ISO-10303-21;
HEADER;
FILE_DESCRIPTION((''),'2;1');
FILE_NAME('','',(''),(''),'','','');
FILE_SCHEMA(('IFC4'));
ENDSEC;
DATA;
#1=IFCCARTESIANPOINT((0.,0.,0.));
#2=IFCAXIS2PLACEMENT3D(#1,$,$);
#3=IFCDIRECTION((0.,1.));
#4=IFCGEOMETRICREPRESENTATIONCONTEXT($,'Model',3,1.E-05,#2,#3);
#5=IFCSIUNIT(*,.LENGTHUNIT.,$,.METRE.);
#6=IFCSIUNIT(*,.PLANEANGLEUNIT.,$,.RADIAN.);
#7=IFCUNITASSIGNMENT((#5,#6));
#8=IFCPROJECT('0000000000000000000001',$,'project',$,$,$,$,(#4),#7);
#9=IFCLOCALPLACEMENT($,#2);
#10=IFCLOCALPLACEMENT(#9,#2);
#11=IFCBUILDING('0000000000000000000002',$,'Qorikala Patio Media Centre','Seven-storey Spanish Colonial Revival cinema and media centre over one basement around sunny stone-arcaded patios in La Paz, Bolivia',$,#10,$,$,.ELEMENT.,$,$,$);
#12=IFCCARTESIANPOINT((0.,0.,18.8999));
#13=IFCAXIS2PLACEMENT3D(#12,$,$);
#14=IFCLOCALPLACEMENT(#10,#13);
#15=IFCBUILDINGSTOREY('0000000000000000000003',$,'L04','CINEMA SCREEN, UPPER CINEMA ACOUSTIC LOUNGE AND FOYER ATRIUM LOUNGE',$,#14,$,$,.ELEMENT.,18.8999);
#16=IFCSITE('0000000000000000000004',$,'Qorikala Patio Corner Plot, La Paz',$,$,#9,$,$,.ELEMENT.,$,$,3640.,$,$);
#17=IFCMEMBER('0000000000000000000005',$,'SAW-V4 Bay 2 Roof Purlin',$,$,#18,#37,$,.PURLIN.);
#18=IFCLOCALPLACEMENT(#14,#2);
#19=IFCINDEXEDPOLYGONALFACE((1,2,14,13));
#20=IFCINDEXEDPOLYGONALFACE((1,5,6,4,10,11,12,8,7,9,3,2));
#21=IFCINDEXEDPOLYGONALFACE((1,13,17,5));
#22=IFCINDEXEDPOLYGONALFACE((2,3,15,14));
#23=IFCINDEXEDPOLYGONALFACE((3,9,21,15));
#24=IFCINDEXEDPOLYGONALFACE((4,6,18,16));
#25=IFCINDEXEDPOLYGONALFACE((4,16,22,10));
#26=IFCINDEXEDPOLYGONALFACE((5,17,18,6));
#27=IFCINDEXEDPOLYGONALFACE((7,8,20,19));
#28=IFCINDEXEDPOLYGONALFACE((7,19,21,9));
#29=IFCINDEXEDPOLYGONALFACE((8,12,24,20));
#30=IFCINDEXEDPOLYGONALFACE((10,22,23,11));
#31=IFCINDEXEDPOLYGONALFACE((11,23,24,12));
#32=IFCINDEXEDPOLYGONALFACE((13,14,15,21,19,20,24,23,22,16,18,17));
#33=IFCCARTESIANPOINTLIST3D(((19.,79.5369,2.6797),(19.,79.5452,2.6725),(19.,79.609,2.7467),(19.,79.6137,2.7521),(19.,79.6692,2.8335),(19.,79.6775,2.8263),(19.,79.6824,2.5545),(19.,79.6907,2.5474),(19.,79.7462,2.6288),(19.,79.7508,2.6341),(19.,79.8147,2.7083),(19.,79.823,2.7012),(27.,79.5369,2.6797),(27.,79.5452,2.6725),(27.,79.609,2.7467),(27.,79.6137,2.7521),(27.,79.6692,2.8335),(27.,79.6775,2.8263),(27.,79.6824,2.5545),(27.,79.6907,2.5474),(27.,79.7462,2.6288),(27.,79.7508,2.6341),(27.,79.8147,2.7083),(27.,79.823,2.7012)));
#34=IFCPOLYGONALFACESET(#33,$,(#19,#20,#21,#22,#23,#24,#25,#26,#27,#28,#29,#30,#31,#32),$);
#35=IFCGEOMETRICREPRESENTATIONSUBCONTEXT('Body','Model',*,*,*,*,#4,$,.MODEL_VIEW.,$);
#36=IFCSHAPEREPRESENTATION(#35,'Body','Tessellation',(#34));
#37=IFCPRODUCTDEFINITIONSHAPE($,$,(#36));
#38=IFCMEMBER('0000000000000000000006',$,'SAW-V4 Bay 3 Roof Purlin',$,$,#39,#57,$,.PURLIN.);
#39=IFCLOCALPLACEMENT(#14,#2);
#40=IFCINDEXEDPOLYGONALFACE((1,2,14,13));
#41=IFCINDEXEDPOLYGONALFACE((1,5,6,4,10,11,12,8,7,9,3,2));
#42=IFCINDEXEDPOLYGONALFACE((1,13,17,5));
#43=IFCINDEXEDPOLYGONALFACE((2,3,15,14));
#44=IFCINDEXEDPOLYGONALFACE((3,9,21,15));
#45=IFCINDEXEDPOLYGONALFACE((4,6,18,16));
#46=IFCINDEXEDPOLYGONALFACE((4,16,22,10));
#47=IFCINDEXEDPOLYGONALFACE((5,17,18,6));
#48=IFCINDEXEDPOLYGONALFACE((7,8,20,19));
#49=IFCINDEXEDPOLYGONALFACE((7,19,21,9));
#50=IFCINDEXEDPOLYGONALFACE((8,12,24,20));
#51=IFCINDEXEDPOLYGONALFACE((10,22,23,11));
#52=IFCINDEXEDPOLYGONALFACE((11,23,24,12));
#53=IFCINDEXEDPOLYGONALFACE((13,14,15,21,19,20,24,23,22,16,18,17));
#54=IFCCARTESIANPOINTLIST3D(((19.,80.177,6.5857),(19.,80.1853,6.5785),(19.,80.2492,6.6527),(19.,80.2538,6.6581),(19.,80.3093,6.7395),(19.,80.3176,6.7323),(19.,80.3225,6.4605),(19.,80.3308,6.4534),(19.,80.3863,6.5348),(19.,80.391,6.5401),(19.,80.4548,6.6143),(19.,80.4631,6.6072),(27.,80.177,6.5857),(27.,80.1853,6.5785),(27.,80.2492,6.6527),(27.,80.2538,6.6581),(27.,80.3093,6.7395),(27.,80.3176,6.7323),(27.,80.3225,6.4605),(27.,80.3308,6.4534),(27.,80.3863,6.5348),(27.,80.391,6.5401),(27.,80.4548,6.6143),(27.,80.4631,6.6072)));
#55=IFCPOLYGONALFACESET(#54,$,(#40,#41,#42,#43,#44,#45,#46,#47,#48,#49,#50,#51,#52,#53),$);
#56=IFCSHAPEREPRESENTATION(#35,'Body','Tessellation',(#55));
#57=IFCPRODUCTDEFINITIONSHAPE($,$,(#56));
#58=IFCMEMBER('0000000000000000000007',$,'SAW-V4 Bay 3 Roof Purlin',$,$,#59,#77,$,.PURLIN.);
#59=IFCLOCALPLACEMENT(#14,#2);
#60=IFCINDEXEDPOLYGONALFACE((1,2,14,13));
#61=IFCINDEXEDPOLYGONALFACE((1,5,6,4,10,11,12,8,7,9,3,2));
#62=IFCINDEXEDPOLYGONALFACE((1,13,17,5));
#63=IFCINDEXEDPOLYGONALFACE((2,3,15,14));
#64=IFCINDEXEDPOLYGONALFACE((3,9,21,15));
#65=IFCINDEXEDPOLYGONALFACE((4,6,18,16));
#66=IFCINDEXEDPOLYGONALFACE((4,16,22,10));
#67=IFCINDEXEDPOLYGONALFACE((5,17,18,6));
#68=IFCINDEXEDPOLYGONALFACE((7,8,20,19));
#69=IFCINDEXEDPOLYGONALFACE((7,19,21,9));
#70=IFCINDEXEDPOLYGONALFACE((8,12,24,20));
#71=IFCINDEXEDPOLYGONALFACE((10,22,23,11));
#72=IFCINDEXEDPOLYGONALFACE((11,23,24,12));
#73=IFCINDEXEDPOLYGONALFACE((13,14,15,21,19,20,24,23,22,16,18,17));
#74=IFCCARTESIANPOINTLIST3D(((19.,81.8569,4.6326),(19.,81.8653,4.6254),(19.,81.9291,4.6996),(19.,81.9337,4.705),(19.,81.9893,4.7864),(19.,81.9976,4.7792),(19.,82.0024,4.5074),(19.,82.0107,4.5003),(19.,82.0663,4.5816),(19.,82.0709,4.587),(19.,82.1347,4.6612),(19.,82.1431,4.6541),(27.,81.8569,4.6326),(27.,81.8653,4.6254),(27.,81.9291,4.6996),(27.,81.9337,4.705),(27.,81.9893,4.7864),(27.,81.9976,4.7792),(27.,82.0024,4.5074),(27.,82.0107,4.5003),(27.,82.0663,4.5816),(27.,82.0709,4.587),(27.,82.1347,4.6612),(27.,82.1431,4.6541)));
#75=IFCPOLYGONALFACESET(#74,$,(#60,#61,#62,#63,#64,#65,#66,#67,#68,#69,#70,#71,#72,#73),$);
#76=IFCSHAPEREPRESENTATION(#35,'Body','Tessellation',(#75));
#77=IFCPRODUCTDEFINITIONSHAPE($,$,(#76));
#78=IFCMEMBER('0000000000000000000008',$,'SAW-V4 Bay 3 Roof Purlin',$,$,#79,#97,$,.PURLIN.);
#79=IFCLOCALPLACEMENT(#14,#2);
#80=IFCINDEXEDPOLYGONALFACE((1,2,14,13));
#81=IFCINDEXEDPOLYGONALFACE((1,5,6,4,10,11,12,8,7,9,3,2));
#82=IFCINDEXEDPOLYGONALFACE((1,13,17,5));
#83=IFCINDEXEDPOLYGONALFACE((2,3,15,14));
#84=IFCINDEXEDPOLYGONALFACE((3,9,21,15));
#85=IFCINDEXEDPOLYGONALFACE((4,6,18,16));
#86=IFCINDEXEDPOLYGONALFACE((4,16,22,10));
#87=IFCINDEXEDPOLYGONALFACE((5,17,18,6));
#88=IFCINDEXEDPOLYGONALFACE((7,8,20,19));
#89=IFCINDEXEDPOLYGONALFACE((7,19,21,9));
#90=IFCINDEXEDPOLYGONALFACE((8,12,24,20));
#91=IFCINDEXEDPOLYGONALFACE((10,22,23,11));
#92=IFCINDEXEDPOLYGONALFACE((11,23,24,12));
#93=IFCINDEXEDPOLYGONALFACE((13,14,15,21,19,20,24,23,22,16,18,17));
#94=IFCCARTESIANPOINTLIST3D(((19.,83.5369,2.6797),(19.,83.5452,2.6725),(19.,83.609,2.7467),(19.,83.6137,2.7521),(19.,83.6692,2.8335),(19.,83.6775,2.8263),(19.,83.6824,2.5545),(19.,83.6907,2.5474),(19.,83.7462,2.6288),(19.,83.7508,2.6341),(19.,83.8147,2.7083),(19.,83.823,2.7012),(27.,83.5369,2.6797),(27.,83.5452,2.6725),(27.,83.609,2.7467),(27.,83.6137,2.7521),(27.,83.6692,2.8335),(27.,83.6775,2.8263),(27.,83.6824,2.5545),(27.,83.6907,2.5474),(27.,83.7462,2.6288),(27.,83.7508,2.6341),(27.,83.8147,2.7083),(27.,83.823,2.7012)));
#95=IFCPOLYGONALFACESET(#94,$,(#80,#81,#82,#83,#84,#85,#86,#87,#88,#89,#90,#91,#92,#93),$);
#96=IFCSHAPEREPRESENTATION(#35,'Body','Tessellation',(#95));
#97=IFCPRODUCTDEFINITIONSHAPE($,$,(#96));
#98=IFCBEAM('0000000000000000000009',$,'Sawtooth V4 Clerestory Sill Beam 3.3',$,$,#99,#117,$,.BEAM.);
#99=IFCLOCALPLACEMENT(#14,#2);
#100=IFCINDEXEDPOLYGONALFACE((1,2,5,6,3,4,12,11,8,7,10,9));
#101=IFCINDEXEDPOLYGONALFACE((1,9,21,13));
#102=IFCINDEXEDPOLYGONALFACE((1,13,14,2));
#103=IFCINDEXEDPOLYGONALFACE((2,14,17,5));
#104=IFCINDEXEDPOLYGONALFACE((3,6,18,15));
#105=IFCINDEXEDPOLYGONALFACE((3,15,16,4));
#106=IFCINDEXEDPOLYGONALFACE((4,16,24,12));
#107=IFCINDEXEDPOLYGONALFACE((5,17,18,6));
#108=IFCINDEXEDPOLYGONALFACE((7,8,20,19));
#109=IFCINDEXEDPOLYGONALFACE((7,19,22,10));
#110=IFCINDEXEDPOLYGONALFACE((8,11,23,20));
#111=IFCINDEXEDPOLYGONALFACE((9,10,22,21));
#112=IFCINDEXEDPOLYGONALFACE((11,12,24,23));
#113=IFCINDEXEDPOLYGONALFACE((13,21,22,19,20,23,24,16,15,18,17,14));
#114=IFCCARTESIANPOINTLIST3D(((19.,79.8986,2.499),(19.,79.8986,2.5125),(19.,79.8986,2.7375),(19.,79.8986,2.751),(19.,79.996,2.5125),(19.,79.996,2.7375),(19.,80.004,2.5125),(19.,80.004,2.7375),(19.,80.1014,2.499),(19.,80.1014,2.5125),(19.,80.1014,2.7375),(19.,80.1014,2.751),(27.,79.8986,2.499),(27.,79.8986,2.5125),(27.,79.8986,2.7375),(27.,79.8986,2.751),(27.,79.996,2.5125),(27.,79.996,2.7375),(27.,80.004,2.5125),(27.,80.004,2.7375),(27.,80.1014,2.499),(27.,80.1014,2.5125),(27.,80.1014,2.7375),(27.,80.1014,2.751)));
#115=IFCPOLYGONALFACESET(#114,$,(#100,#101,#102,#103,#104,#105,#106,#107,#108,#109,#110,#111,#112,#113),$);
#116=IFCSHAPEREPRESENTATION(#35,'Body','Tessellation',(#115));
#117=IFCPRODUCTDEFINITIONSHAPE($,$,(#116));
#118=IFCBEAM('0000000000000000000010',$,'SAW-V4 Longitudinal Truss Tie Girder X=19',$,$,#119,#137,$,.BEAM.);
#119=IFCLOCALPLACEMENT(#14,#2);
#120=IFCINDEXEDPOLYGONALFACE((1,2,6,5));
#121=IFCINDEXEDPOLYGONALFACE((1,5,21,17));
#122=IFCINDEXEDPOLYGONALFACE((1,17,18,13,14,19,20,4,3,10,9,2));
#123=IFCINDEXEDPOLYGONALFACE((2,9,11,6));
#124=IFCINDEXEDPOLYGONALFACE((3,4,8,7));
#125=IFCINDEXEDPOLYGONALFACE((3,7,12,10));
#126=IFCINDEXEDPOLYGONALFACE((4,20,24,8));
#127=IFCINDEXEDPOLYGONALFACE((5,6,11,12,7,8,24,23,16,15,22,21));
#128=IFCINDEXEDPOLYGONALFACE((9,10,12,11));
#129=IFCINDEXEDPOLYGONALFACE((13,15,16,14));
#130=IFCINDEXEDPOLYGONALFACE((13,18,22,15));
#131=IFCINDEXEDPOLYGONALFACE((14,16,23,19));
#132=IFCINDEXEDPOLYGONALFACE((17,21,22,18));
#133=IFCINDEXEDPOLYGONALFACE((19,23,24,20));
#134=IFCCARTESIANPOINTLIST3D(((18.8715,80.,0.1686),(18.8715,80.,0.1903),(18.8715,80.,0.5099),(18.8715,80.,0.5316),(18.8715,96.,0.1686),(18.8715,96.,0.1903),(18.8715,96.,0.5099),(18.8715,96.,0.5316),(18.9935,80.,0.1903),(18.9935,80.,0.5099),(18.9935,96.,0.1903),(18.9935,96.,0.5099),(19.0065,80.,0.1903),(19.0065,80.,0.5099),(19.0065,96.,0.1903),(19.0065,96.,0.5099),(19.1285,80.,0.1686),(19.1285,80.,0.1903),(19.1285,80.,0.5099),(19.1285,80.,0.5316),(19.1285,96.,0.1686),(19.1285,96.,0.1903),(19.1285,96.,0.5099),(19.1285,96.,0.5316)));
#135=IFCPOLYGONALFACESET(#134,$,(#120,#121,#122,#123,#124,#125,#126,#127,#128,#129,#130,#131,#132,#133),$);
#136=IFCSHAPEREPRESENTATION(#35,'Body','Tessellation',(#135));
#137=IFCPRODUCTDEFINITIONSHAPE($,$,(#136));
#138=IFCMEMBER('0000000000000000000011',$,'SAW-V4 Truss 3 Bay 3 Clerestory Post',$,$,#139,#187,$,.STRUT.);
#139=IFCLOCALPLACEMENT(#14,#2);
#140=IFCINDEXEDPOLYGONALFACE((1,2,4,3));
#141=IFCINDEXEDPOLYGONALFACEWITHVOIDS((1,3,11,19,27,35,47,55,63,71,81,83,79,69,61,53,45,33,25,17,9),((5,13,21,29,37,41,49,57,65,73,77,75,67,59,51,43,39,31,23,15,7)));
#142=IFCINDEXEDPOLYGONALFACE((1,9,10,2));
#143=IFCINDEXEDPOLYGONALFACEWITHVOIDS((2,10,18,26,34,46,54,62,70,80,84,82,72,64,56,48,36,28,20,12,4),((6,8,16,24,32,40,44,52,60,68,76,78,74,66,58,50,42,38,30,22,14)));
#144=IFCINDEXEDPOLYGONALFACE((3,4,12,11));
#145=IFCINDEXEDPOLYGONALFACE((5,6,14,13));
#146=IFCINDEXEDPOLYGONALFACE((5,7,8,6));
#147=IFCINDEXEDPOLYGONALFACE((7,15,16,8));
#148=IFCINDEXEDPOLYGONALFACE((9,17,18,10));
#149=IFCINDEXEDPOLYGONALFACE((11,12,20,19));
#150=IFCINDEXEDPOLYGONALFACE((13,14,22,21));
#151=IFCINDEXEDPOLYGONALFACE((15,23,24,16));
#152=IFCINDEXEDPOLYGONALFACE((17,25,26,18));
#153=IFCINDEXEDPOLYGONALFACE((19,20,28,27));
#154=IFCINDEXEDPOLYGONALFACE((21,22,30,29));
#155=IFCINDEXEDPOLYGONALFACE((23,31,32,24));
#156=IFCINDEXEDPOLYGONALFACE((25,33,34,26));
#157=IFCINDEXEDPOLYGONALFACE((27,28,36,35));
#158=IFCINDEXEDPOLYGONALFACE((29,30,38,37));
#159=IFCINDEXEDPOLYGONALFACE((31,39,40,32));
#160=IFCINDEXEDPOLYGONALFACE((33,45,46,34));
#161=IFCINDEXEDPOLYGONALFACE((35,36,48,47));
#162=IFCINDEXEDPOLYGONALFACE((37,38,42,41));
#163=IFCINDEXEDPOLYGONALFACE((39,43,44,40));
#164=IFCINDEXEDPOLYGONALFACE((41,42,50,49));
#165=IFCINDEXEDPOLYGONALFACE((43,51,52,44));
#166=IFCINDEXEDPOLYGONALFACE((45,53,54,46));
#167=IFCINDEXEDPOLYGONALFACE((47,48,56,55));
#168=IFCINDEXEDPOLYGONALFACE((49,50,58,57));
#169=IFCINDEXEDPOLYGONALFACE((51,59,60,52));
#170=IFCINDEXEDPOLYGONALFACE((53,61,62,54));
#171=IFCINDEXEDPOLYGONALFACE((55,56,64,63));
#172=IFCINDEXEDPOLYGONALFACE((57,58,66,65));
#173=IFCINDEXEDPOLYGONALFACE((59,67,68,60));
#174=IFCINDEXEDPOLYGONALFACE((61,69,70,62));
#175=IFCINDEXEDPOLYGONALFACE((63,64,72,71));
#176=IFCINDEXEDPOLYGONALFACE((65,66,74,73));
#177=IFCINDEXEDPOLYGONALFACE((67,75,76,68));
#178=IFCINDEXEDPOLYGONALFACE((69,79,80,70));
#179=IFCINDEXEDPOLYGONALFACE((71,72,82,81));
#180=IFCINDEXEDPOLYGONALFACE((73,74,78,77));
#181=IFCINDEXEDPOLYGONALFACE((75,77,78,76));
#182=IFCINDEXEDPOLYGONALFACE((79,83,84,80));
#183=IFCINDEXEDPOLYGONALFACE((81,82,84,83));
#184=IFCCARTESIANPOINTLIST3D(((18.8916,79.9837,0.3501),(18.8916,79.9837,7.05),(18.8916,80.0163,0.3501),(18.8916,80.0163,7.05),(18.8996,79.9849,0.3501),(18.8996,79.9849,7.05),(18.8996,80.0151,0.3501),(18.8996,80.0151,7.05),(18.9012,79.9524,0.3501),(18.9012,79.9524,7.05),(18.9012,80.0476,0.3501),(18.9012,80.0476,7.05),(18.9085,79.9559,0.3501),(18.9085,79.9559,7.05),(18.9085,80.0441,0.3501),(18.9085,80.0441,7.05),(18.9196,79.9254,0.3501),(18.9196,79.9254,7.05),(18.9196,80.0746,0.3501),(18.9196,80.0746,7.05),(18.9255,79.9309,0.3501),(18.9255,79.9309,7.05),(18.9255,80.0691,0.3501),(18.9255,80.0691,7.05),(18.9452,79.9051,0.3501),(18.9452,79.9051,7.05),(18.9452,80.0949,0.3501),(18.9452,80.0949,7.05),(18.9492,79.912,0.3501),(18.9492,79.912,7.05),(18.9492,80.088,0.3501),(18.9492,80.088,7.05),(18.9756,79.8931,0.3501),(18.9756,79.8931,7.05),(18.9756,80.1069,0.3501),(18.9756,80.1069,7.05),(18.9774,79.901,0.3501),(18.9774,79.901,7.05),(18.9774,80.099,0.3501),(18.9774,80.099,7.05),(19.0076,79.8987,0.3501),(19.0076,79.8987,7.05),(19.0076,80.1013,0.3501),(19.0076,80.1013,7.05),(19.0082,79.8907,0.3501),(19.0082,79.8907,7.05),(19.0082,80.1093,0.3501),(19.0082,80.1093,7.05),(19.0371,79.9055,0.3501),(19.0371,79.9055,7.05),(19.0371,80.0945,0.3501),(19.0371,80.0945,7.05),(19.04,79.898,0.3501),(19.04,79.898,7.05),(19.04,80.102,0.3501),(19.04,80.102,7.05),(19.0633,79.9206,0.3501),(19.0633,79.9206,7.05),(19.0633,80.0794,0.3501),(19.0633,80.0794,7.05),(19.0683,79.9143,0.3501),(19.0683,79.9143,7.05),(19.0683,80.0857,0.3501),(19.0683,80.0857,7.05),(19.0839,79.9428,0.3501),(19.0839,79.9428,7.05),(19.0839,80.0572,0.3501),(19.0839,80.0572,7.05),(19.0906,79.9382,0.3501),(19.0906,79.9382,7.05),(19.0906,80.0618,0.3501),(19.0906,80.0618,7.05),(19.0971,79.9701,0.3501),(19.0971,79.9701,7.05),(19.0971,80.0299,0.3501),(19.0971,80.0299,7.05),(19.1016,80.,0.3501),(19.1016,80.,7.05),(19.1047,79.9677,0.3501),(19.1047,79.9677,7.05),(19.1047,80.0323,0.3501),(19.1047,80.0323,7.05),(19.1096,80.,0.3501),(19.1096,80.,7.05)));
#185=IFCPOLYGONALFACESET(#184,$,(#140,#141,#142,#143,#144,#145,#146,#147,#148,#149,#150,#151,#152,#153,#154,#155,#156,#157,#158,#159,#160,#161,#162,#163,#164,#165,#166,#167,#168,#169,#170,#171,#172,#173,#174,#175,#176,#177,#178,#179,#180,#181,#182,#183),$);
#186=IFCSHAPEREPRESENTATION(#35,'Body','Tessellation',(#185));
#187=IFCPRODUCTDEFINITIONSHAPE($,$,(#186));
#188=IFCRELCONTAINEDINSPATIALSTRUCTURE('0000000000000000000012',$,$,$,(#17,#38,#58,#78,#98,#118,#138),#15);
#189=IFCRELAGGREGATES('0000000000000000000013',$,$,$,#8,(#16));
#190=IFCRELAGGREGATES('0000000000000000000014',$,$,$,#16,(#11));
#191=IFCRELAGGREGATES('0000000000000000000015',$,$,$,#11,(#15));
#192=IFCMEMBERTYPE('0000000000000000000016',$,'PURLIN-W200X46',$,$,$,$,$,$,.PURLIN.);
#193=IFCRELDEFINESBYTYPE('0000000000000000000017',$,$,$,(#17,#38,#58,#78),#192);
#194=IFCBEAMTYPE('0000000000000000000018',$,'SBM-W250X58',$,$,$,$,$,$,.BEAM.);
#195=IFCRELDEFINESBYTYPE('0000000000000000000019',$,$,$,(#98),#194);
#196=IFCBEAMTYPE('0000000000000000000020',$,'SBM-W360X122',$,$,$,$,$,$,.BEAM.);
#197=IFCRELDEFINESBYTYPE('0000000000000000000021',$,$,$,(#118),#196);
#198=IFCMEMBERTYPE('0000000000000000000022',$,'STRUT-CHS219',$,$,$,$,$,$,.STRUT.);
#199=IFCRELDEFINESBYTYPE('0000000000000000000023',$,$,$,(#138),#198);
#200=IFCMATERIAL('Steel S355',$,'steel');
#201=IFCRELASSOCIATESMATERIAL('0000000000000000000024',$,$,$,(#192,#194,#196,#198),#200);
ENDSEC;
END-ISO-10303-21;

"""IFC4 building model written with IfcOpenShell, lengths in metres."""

from ifc_helpers import new_model, si_unit, direction, frame, origin, origin_2d, place, context, subcontext, project, spatial, hollow_circle, i_section, extrude, material, material_profile, profile_set, type_object, element, save


model = new_model("IFC4")

# Units and contexts
model_context = context("Model", 3, precision=1e-05, world=origin(), true_north=direction((0.0, 1.0)))
body_context = subcontext(model_context, "Body", "Model", "MODEL_VIEW")
ifc_project = project(units=[si_unit("LENGTHUNIT", "METRE"), si_unit("PLANEANGLEUNIT", "RADIAN")], contexts=[model_context])

# Site, building, storey
site_placement = place(None, origin())
site = spatial("IfcSite", under=ifc_project, at=site_placement, Name="Qorikala Patio Corner Plot, La Paz", CompositionType="ELEMENT", RefElevation=3640.0)
building_placement = place(site_placement, origin())
building = spatial("IfcBuilding", under=site, at=building_placement, Name="Qorikala Patio Media Centre", Description="Seven-storey Spanish Colonial Revival cinema and media centre over one basement around sunny stone-arcaded patios in La Paz, Bolivia", CompositionType="ELEMENT")
storey_placement = place(building_placement, frame((0.0, 0.0, 18.8999)))
storey = spatial("IfcBuildingStorey", under=building, at=storey_placement, Name="L04", Description="CINEMA SCREEN, UPPER CINEMA ACOUSTIC LOUNGE AND FOYER ATRIUM LOUNGE", CompositionType="ELEMENT", Elevation=18.8999)

# Shared definitions
ifc_material_1 = material(Name="Steel S355", Category="steel")

# Members
ifc_material_profile_1 = material_profile(ifc_material_1, i_section(OverallWidth=0.2029, OverallDepth=0.2029, WebThickness=0.0071, FlangeThickness=0.011, at=origin_2d()), Name="W200X46")
ifc_profile_set_1 = profile_set([ifc_material_profile_1], Name="Steel S355")
member_type_1 = type_object("IfcMemberType", Name="PURLIN-W200X46", PredefinedType="PURLIN", material=ifc_profile_set_1)
for number, where, z_axis, x_axis, name in (
    (1, (19.0, 79.6799, 2.6904), (1.0, 0.0, 0.0), (0.0, 0.652138, 0.7581), "SAW-V4 Bay 2 Roof Purlin"),
    (2, (19.0, 80.3201, 6.5964), (1.0, 0.0, 0.0), (0.0, 0.652138, 0.7581), "SAW-V4 Bay 3 Roof Purlin"),
    (3, (19.0, 82.0, 4.6433), (1.0, 0.0, 0.0), (0.0, 0.652138, 0.7581), "SAW-V4 Bay 3 Roof Purlin"),
    (4, (19.0, 83.6799, 2.6904), (1.0, 0.0, 0.0), (0.0, 0.652138, 0.7581), "SAW-V4 Bay 3 Roof Purlin"),
):
    element("IfcMember", number, at=place(storey_placement, frame(where, z_axis=z_axis, x_axis=x_axis)), inside=storey, type_object=member_type_1, Name=name, PredefinedType="PURLIN", context=body_context, shape_type="SweptSolid", body=[
        extrude(i_section(OverallWidth=0.2029, OverallDepth=0.2029, WebThickness=0.0071, FlangeThickness=0.011, at=origin_2d()), origin(), (0.0, 0.0, 1.0), 8.0),
    ])

# Beams
ifc_material_profile_2 = material_profile(ifc_material_1, i_section(OverallWidth=0.2029, OverallDepth=0.252, WebThickness=0.0081, FlangeThickness=0.0134, at=origin_2d()), Name="W250X58")
ifc_profile_set_2 = profile_set([ifc_material_profile_2], Name="Steel S355")
beam_type_1 = type_object("IfcBeamType", Name="SBM-W250X58", PredefinedType="BEAM", material=ifc_profile_set_2)
beam_1_placement = place(storey_placement, frame((19.0, 80.0, 2.625), z_axis=(1.0, 0.0, 0.0), x_axis=(0.0, 1.0, 0.0)))
element("IfcBeam", 5, at=beam_1_placement, inside=storey, type_object=beam_type_1, Name="Sawtooth V4 Clerestory Sill Beam 3.3", PredefinedType="BEAM", context=body_context, shape_type="SweptSolid", body=[
    extrude(i_section(OverallWidth=0.2029, OverallDepth=0.252, WebThickness=0.0081, FlangeThickness=0.0134, at=origin_2d()), origin(), (0.0, 0.0, 1.0), 8.0),
])
ifc_material_profile_3 = material_profile(ifc_material_1, i_section(OverallWidth=0.2571, OverallDepth=0.363, WebThickness=0.0129, FlangeThickness=0.0217, at=origin_2d()), Name="W360X122")
ifc_profile_set_3 = profile_set([ifc_material_profile_3], Name="Steel S355")
beam_type_2 = type_object("IfcBeamType", Name="SBM-W360X122", PredefinedType="BEAM", material=ifc_profile_set_3)
beam_2_placement = place(storey_placement, frame((19.0, 80.0, 0.3501), z_axis=(0.0, 1.0, 0.0), x_axis=(-1.0, 0.0, 0.0)))
element("IfcBeam", 6, at=beam_2_placement, inside=storey, type_object=beam_type_2, Name="SAW-V4 Longitudinal Truss Tie Girder X=19", PredefinedType="BEAM", context=body_context, shape_type="SweptSolid", body=[
    extrude(i_section(OverallWidth=0.2571, OverallDepth=0.363, WebThickness=0.0129, FlangeThickness=0.0217, at=origin_2d()), origin(), (0.0, 0.0, 1.0), 16.0),
])

# Member
ifc_material_profile_4 = material_profile(ifc_material_1, hollow_circle(Radius=0.1096, WallThickness=0.0081, at=origin_2d()), Name="CHS219X8")
ifc_profile_set_4 = profile_set([ifc_material_profile_4], Name="Steel S355")
member_type_2 = type_object("IfcMemberType", Name="STRUT-CHS219", PredefinedType="STRUT", material=ifc_profile_set_4)
member_1_placement = place(storey_placement, frame((19.0, 80.0, 0.3501), z_axis=(0.0, 0.0, 1.0), x_axis=(1.0, 0.0, 0.0)))
element("IfcMember", 7, at=member_1_placement, inside=storey, type_object=member_type_2, Name="SAW-V4 Truss 3 Bay 3 Clerestory Post", PredefinedType="STRUT", context=body_context, shape_type="SweptSolid", body=[
    extrude(hollow_circle(Radius=0.1096, WallThickness=0.0081, at=origin_2d()), origin(), (0.0, 0.0, 1.0), 6.7),
])

save(model, "model.ifc")
